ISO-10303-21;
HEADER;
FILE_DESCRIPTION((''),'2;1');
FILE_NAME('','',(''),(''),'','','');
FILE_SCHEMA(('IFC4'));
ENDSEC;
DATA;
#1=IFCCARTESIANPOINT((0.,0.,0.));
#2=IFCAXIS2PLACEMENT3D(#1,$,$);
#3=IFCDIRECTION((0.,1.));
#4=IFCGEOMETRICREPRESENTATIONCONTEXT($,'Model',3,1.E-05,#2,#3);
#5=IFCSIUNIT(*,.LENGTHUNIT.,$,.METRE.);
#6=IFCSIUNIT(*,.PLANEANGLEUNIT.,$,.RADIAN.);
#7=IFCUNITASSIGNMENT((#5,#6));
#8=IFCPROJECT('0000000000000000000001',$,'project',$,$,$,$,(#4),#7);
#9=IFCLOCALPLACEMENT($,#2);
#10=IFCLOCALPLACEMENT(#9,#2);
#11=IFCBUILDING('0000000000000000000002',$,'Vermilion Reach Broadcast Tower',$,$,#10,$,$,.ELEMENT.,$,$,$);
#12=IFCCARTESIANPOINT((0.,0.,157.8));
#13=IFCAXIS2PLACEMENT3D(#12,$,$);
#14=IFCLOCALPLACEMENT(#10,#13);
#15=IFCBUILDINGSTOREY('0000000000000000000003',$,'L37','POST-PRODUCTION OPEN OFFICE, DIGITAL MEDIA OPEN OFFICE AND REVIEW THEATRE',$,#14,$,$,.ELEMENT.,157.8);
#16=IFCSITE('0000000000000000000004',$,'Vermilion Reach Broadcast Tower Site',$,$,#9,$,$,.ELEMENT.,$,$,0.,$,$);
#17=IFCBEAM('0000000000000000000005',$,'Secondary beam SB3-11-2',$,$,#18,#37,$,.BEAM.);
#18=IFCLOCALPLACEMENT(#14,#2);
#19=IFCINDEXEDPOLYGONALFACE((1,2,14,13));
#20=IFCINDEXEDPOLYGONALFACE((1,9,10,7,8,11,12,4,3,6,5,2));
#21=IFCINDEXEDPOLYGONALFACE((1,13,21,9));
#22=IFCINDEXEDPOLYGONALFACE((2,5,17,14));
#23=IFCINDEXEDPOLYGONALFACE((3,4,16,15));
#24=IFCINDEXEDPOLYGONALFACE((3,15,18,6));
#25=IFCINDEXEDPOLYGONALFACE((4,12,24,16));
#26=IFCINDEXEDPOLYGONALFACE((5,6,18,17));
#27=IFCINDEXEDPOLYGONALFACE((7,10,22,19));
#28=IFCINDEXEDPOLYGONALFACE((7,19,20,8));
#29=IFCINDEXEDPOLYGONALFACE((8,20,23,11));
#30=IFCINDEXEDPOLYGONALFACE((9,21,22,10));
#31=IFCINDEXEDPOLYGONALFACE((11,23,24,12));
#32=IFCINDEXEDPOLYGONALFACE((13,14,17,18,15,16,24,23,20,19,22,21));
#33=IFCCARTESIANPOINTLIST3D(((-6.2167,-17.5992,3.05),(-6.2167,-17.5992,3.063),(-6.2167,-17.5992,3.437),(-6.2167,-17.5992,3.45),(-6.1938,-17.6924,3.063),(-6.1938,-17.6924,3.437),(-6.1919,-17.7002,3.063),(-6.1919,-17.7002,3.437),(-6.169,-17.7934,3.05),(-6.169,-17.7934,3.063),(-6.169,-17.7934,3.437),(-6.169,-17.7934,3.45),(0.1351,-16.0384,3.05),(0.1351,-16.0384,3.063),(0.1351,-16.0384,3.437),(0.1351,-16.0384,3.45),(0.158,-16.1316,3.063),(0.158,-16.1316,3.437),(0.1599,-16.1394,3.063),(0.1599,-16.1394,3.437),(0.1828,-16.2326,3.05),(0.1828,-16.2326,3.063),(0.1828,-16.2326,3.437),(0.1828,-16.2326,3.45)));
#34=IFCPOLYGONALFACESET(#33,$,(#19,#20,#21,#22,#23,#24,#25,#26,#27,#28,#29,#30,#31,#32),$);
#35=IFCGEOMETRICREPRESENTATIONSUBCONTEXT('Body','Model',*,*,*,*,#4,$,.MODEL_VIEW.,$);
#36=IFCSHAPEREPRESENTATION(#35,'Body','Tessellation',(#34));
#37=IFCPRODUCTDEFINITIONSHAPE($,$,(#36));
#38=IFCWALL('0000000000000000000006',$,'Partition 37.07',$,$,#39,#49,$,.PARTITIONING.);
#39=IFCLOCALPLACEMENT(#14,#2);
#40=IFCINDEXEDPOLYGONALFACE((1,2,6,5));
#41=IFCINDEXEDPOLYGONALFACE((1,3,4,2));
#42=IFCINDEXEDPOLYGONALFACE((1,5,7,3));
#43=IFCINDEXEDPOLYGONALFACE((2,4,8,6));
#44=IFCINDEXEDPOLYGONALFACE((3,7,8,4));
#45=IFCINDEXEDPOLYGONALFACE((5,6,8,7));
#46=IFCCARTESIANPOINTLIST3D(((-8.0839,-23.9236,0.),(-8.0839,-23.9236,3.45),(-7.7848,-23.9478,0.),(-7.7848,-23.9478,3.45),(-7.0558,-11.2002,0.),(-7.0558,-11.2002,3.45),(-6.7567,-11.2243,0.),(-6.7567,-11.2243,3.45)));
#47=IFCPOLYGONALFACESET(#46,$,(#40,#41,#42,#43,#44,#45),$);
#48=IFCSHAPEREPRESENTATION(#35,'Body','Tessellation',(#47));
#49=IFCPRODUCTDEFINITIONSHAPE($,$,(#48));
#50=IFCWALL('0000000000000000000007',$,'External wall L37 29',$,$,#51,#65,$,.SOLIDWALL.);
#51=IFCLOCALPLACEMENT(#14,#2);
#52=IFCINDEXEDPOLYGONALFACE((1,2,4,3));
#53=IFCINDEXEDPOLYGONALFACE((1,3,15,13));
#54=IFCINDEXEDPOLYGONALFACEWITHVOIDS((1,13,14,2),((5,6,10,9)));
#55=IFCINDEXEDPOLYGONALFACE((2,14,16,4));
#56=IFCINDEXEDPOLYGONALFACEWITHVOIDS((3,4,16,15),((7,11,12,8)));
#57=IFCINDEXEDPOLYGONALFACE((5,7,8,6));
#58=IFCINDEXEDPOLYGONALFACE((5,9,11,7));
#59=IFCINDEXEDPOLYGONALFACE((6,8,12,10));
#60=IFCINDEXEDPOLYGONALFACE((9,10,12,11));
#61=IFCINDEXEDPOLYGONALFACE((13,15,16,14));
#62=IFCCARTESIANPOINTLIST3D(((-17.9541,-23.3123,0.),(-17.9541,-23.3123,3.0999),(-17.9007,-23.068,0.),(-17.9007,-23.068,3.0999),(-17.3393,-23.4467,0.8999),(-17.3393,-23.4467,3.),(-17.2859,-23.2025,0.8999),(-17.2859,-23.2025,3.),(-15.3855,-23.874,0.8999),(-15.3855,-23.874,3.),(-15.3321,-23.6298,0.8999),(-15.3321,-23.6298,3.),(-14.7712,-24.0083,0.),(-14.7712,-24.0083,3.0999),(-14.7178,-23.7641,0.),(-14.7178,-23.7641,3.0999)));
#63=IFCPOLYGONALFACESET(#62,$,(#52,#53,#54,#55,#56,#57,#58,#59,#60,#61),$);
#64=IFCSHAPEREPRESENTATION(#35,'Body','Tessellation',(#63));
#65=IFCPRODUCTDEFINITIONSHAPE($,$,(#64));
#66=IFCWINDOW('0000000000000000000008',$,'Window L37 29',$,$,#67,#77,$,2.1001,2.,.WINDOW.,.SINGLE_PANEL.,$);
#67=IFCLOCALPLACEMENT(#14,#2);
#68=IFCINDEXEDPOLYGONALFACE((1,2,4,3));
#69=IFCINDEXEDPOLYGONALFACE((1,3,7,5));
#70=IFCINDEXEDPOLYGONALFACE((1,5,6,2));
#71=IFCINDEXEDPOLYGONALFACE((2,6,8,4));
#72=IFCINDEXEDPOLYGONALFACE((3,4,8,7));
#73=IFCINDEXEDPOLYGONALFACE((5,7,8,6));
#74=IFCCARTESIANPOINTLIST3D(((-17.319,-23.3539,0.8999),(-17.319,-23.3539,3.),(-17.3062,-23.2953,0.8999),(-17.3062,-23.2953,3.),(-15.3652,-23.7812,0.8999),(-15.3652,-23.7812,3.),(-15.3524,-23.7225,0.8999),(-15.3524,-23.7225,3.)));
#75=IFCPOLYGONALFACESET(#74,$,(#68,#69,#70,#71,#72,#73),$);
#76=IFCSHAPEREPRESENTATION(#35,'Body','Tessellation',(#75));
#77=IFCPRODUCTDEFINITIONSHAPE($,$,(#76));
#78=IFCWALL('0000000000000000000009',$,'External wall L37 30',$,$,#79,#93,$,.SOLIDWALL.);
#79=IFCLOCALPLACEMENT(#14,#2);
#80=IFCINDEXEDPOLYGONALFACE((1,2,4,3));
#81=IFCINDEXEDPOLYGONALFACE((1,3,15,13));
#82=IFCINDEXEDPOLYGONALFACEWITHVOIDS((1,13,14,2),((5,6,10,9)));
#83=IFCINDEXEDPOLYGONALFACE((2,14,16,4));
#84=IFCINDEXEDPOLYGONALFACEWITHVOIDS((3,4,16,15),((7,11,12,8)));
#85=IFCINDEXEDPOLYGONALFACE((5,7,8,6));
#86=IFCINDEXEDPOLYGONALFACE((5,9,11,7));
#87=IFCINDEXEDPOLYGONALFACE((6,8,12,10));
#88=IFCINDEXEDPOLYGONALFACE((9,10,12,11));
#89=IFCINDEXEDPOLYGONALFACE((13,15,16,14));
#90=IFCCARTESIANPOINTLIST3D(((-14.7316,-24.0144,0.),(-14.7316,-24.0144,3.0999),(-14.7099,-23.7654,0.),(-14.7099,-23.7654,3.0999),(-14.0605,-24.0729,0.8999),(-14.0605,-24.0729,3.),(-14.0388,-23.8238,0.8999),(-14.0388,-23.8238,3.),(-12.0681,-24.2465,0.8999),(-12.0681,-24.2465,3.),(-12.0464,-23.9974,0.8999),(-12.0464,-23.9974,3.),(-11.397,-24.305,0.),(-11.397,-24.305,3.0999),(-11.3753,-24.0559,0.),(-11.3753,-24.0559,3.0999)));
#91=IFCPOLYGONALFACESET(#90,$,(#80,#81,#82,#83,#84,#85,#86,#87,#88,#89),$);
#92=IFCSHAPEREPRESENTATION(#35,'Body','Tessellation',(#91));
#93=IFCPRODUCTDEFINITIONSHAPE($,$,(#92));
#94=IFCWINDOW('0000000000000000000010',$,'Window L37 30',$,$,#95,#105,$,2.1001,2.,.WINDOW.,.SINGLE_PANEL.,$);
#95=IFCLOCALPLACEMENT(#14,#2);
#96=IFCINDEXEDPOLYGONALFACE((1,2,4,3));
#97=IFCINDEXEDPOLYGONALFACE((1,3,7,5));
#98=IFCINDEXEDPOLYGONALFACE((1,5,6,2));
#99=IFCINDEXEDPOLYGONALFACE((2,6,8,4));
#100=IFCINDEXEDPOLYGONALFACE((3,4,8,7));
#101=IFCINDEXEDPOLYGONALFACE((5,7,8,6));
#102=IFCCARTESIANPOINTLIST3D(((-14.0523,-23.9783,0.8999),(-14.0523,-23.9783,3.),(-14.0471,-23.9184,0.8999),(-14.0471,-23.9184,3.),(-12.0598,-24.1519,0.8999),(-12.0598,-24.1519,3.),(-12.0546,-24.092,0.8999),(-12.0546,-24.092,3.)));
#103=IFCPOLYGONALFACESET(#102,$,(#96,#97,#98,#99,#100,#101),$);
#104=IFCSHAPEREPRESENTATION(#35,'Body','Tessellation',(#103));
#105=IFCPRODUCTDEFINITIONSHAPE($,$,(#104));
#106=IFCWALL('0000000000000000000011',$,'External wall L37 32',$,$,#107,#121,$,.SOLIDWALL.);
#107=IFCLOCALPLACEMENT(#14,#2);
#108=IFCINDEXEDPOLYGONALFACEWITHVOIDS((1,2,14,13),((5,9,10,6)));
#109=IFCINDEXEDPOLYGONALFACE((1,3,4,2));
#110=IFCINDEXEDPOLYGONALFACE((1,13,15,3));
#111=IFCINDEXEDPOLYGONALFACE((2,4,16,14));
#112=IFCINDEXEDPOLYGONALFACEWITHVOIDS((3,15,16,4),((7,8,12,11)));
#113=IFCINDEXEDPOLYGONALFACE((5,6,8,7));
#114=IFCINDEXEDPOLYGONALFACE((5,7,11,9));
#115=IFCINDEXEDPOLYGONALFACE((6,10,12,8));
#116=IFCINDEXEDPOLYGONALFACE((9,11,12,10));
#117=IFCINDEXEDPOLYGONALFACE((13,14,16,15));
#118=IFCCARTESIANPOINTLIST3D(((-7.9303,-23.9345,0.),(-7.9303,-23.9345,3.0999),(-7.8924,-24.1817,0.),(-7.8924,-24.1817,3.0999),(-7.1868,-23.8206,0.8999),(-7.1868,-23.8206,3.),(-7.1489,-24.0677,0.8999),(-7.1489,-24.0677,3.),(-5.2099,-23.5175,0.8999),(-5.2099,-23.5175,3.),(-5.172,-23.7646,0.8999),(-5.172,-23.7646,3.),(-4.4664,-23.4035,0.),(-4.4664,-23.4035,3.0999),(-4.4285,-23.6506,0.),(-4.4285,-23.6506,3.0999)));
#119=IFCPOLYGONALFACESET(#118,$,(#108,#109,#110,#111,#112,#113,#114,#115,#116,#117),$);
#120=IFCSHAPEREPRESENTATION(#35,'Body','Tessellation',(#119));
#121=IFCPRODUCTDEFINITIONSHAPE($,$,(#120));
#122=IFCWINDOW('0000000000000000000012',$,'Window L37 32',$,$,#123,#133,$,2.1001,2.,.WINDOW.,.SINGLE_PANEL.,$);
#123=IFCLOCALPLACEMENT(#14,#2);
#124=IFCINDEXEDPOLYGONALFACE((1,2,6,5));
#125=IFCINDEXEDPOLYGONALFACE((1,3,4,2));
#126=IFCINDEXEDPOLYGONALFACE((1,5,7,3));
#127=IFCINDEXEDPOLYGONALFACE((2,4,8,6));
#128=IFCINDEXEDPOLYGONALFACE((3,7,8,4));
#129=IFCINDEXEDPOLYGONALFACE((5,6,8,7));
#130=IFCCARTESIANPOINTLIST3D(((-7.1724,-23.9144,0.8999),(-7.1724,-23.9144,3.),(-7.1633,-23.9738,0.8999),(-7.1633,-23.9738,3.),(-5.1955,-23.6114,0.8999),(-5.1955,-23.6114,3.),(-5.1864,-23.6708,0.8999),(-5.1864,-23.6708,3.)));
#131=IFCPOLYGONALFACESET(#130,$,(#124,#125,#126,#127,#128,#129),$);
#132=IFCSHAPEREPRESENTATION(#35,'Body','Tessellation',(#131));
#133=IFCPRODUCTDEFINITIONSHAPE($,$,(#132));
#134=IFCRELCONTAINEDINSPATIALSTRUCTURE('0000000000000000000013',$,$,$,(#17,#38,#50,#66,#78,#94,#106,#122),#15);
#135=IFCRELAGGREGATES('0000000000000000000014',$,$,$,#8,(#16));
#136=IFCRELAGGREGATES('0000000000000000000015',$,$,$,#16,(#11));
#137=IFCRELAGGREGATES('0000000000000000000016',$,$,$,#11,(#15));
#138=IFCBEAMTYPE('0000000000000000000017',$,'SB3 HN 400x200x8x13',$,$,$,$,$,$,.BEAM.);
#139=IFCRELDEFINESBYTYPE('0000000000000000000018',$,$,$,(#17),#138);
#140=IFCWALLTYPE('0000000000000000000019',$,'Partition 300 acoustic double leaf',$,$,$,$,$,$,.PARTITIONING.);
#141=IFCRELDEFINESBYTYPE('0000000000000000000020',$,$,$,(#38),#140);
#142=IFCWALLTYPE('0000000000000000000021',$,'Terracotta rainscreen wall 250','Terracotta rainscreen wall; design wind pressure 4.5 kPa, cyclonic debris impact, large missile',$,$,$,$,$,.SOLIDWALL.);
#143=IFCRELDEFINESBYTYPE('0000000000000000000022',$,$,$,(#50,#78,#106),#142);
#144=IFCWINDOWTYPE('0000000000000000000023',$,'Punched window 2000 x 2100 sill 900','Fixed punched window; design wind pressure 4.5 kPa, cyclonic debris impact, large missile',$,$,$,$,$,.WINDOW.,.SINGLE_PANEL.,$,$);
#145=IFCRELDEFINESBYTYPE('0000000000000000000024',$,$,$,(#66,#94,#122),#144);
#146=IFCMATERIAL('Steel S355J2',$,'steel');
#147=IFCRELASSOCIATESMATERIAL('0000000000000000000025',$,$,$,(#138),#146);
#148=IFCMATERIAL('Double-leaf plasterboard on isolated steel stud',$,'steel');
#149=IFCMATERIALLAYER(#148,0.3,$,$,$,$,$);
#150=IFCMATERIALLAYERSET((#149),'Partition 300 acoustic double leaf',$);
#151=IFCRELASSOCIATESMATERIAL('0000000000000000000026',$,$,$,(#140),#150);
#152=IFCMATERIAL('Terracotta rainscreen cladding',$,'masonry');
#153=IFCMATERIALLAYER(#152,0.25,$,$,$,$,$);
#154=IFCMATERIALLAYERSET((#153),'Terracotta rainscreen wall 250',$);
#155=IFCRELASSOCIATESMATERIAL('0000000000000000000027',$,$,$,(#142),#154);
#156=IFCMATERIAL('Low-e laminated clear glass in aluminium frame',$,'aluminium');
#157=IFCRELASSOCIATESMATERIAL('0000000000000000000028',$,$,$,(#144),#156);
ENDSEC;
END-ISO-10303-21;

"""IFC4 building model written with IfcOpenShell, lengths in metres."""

from ifc_helpers import new_model, si_unit, direction, frame, frame_2d, origin, origin_2d, place, context, subcontext, project, spatial, rectangle, i_section, extrude, material, layer, layer_set, material_profile, profile_set, type_object, element, fill, save


model = new_model("IFC4")

# Units and contexts
model_context = context("Model", 3, precision=1e-05, world=origin(), true_north=direction((0.0, 1.0)))
body_context = subcontext(model_context, "Body", "Model", "MODEL_VIEW")
ifc_project = project(units=[si_unit("LENGTHUNIT", "METRE"), si_unit("PLANEANGLEUNIT", "RADIAN")], contexts=[model_context])

# Site, building, storey
site_placement = place(None, origin())
site = spatial("IfcSite", under=ifc_project, at=site_placement, Name="Vermilion Reach Broadcast Tower Site", CompositionType="ELEMENT", RefElevation=0.0)
building_placement = place(site_placement, origin())
building = spatial("IfcBuilding", under=site, at=building_placement, Name="Vermilion Reach Broadcast Tower", CompositionType="ELEMENT")
storey_placement = place(building_placement, frame((0.0, 0.0, 157.8)))
storey = spatial("IfcBuildingStorey", under=building, at=storey_placement, Name="L37", Description="POST-PRODUCTION OPEN OFFICE, DIGITAL MEDIA OPEN OFFICE AND REVIEW THEATRE", CompositionType="ELEMENT", Elevation=157.8)

# Beam
ifc_material_1 = material(Name="Steel S355J2", Category="steel")
ifc_material_profile_1 = material_profile(ifc_material_1, i_section(OverallWidth=0.2, OverallDepth=0.3999, WebThickness=0.0081, FlangeThickness=0.0129, at=origin_2d()), Name="S355J2 HN 400x200x8x13")
ifc_profile_set_1 = profile_set([ifc_material_profile_1], Name="Steel S355J2")
beam_type_1 = type_object("IfcBeamType", Name="SB3 HN 400x200x8x13", PredefinedType="BEAM", material=ifc_profile_set_1)
beam_1_placement = place(storey_placement, frame((-6.1929, -17.6963, 3.25), z_axis=(0.971112, 0.238625, 0.0), x_axis=(-0.238625, 0.971112, 0.0)))
element("IfcBeam", 1, at=beam_1_placement, inside=storey, type_object=beam_type_1, Name="Secondary beam SB3-11-2", PredefinedType="BEAM", context=body_context, shape_type="SweptSolid", body=[
    extrude(i_section(OverallWidth=0.2, OverallDepth=0.3999, WebThickness=0.0081, FlangeThickness=0.0129, at=origin_2d()), origin(), (0.0, 0.0, 1.0), 6.5408),
])

# Wall
ifc_material_2 = material(Name="Double-leaf plasterboard on isolated steel stud", Category="steel")
ifc_layer_1 = layer(ifc_material_2, 0.3)
ifc_layer_set_1 = layer_set([ifc_layer_1], Name="Partition 300 acoustic double leaf")
wall_type_1 = type_object("IfcWallType", Name="Partition 300 acoustic double leaf", PredefinedType="PARTITIONING", material=ifc_layer_set_1)
wall_1_placement = place(storey_placement, frame((-7.9343, -23.9355, 0.0), z_axis=(0.0, 0.0, 1.0), x_axis=(0.08054, 0.996751, 0.0)))
element("IfcWall", 2, at=wall_1_placement, inside=storey, type_object=wall_type_1, Name="Partition 37.07", PredefinedType="PARTITIONING", context=body_context, shape_type="SweptSolid", body=[
    extrude(rectangle(XDim=12.7649, YDim=0.3, at=frame_2d((6.3823, 0.0))), origin(), (0.0, 0.0, 1.0), 3.45),
])

# Shared definitions
ifc_material_3 = material(Name="Terracotta rainscreen cladding", Category="masonry")
ifc_layer_2 = layer(ifc_material_3, 0.25)
ifc_layer_set_2 = layer_set([ifc_layer_2], Name="Terracotta rainscreen wall 250")
wall_type_2 = type_object("IfcWallType", Name="Terracotta rainscreen wall 250", Description="Terracotta rainscreen wall; design wind pressure 4.5 kPa, cyclonic debris impact, large missile", PredefinedType="SOLIDWALL", material=ifc_layer_set_2)

# Walls, openings, windows
wall_2_placement = place(storey_placement, frame((-17.9272, -23.1902, 0.0), z_axis=(0.0, 0.0, 1.0), x_axis=(0.976913, -0.213637, 0.0)))
wall_2 = element("IfcWall", 3, at=wall_2_placement, inside=storey, type_object=wall_type_2, Name="External wall L37 29", PredefinedType="SOLIDWALL", context=body_context, shape_type="SweptSolid", body=[
    extrude(rectangle(XDim=3.2581, YDim=0.25, at=frame_2d((1.6289, 0.0))), origin(), (0.0, 0.0, 1.0), 3.0999),
])
opening_1_placement = place(wall_2_placement, frame((0.6292, 0.0, 0.8999)))
opening_1 = element("IfcOpeningElement", 4, at=opening_1_placement, cuts=wall_2, PredefinedType="OPENING", context=body_context, shape_type="SweptSolid", body=[
    extrude(rectangle(XDim=2.0, YDim=2.1001, at=frame_2d((1.0, 1.05))), frame((0.0, 0.135, 0.0), z_axis=(0.0, -1.0, 0.0), x_axis=(1.0, 0.0, 0.0)), (0.0, 0.0, 1.0), 0.27),
])
ifc_material_4 = material(Name="Low-e laminated clear glass in aluminium frame", Category="aluminium")
window_type = type_object("IfcWindowType", Name="Punched window 2000 x 2100 sill 900", Description="Fixed punched window; design wind pressure 4.5 kPa, cyclonic debris impact, large missile", PartitioningType="SINGLE_PANEL", PredefinedType="WINDOW", material=ifc_material_4)
window_1_placement = place(opening_1_placement, origin())
window_1 = element("IfcWindow", 5, at=window_1_placement, inside=storey, type_object=window_type, Name="Window L37 29", OverallHeight=2.1001, OverallWidth=2.0, PartitioningType="SINGLE_PANEL", PredefinedType="WINDOW", context=body_context, shape_type="SweptSolid", body=[
    extrude(rectangle(XDim=2.0, YDim=2.1001, at=frame_2d((1.0, 1.05))), frame((0.0, 0.03, 0.0), z_axis=(0.0, -1.0, 0.0), x_axis=(1.0, 0.0, 0.0)), (0.0, 0.0, 1.0), 0.0601),
])
fill(opening_1, window_1)
wall_3_placement = place(storey_placement, frame((-14.7207, -23.8899, 0.0), z_axis=(0.0, 0.0, 1.0), x_axis=(0.996226, -0.0868, 0.0)))
wall_3 = element("IfcWall", 6, at=wall_3_placement, inside=storey, type_object=wall_type_2, Name="External wall L37 30", PredefinedType="SOLIDWALL", context=body_context, shape_type="SweptSolid", body=[
    extrude(rectangle(XDim=3.3472, YDim=0.25, at=frame_2d((1.6736, 0.0))), origin(), (0.0, 0.0, 1.0), 3.0999),
])
opening_2_placement = place(wall_3_placement, frame((0.6736, 0.0, 0.8999)))
opening_2 = element("IfcOpeningElement", 7, at=opening_2_placement, cuts=wall_3, PredefinedType="OPENING", context=body_context, shape_type="SweptSolid", body=[
    extrude(rectangle(XDim=2.0, YDim=2.1001, at=frame_2d((1.0, 1.05))), frame((0.0, 0.135, 0.0), z_axis=(0.0, -1.0, 0.0), x_axis=(1.0, 0.0, 0.0)), (0.0, 0.0, 1.0), 0.27),
])
window_2_placement = place(opening_2_placement, origin())
window_2 = element("IfcWindow", 8, at=window_2_placement, inside=storey, type_object=window_type, Name="Window L37 30", OverallHeight=2.1001, OverallWidth=2.0, PartitioningType="SINGLE_PANEL", PredefinedType="WINDOW", context=body_context, shape_type="SweptSolid", body=[
    extrude(rectangle(XDim=2.0, YDim=2.1001, at=frame_2d((1.0, 1.05))), frame((0.0, 0.03, 0.0), z_axis=(0.0, -1.0, 0.0), x_axis=(1.0, 0.0, 0.0)), (0.0, 0.0, 1.0), 0.0601),
])
fill(opening_2, window_2)

# Wall, opening, window
wall_4_placement = place(storey_placement, frame((-7.9114, -24.0581, 0.0), z_axis=(0.0, 0.0, 1.0), x_axis=(0.988453, 0.151528, 0.0)))
wall_4 = element("IfcWall", 9, at=wall_4_placement, inside=storey, type_object=wall_type_2, Name="External wall L37 32", PredefinedType="SOLIDWALL", context=body_context, shape_type="SweptSolid", body=[
    extrude(rectangle(XDim=3.5044, YDim=0.25, at=frame_2d((1.7522, 0.0))), origin(), (0.0, 0.0, 1.0), 3.0999),
])
opening_3_placement = place(wall_4_placement, frame((0.7522, 0.0, 0.8999)))
opening_3 = element("IfcOpeningElement", 10, at=opening_3_placement, cuts=wall_4, PredefinedType="OPENING", context=body_context, shape_type="SweptSolid", body=[
    extrude(rectangle(XDim=2.0, YDim=2.1001, at=frame_2d((1.0, 1.05))), frame((0.0, 0.135, 0.0), z_axis=(0.0, -1.0, 0.0), x_axis=(1.0, 0.0, 0.0)), (0.0, 0.0, 1.0), 0.27),
])
window_3_placement = place(opening_3_placement, origin())
window_3 = element("IfcWindow", 11, at=window_3_placement, inside=storey, type_object=window_type, Name="Window L37 32", OverallHeight=2.1001, OverallWidth=2.0, PartitioningType="SINGLE_PANEL", PredefinedType="WINDOW", context=body_context, shape_type="SweptSolid", body=[
    extrude(rectangle(XDim=2.0, YDim=2.1001, at=frame_2d((1.0, 1.05))), frame((0.0, 0.03, 0.0), z_axis=(0.0, -1.0, 0.0), x_axis=(1.0, 0.0, 0.0)), (0.0, 0.0, 1.0), 0.0601),
])
fill(opening_3, window_3)

save(model, "model.ifc")
